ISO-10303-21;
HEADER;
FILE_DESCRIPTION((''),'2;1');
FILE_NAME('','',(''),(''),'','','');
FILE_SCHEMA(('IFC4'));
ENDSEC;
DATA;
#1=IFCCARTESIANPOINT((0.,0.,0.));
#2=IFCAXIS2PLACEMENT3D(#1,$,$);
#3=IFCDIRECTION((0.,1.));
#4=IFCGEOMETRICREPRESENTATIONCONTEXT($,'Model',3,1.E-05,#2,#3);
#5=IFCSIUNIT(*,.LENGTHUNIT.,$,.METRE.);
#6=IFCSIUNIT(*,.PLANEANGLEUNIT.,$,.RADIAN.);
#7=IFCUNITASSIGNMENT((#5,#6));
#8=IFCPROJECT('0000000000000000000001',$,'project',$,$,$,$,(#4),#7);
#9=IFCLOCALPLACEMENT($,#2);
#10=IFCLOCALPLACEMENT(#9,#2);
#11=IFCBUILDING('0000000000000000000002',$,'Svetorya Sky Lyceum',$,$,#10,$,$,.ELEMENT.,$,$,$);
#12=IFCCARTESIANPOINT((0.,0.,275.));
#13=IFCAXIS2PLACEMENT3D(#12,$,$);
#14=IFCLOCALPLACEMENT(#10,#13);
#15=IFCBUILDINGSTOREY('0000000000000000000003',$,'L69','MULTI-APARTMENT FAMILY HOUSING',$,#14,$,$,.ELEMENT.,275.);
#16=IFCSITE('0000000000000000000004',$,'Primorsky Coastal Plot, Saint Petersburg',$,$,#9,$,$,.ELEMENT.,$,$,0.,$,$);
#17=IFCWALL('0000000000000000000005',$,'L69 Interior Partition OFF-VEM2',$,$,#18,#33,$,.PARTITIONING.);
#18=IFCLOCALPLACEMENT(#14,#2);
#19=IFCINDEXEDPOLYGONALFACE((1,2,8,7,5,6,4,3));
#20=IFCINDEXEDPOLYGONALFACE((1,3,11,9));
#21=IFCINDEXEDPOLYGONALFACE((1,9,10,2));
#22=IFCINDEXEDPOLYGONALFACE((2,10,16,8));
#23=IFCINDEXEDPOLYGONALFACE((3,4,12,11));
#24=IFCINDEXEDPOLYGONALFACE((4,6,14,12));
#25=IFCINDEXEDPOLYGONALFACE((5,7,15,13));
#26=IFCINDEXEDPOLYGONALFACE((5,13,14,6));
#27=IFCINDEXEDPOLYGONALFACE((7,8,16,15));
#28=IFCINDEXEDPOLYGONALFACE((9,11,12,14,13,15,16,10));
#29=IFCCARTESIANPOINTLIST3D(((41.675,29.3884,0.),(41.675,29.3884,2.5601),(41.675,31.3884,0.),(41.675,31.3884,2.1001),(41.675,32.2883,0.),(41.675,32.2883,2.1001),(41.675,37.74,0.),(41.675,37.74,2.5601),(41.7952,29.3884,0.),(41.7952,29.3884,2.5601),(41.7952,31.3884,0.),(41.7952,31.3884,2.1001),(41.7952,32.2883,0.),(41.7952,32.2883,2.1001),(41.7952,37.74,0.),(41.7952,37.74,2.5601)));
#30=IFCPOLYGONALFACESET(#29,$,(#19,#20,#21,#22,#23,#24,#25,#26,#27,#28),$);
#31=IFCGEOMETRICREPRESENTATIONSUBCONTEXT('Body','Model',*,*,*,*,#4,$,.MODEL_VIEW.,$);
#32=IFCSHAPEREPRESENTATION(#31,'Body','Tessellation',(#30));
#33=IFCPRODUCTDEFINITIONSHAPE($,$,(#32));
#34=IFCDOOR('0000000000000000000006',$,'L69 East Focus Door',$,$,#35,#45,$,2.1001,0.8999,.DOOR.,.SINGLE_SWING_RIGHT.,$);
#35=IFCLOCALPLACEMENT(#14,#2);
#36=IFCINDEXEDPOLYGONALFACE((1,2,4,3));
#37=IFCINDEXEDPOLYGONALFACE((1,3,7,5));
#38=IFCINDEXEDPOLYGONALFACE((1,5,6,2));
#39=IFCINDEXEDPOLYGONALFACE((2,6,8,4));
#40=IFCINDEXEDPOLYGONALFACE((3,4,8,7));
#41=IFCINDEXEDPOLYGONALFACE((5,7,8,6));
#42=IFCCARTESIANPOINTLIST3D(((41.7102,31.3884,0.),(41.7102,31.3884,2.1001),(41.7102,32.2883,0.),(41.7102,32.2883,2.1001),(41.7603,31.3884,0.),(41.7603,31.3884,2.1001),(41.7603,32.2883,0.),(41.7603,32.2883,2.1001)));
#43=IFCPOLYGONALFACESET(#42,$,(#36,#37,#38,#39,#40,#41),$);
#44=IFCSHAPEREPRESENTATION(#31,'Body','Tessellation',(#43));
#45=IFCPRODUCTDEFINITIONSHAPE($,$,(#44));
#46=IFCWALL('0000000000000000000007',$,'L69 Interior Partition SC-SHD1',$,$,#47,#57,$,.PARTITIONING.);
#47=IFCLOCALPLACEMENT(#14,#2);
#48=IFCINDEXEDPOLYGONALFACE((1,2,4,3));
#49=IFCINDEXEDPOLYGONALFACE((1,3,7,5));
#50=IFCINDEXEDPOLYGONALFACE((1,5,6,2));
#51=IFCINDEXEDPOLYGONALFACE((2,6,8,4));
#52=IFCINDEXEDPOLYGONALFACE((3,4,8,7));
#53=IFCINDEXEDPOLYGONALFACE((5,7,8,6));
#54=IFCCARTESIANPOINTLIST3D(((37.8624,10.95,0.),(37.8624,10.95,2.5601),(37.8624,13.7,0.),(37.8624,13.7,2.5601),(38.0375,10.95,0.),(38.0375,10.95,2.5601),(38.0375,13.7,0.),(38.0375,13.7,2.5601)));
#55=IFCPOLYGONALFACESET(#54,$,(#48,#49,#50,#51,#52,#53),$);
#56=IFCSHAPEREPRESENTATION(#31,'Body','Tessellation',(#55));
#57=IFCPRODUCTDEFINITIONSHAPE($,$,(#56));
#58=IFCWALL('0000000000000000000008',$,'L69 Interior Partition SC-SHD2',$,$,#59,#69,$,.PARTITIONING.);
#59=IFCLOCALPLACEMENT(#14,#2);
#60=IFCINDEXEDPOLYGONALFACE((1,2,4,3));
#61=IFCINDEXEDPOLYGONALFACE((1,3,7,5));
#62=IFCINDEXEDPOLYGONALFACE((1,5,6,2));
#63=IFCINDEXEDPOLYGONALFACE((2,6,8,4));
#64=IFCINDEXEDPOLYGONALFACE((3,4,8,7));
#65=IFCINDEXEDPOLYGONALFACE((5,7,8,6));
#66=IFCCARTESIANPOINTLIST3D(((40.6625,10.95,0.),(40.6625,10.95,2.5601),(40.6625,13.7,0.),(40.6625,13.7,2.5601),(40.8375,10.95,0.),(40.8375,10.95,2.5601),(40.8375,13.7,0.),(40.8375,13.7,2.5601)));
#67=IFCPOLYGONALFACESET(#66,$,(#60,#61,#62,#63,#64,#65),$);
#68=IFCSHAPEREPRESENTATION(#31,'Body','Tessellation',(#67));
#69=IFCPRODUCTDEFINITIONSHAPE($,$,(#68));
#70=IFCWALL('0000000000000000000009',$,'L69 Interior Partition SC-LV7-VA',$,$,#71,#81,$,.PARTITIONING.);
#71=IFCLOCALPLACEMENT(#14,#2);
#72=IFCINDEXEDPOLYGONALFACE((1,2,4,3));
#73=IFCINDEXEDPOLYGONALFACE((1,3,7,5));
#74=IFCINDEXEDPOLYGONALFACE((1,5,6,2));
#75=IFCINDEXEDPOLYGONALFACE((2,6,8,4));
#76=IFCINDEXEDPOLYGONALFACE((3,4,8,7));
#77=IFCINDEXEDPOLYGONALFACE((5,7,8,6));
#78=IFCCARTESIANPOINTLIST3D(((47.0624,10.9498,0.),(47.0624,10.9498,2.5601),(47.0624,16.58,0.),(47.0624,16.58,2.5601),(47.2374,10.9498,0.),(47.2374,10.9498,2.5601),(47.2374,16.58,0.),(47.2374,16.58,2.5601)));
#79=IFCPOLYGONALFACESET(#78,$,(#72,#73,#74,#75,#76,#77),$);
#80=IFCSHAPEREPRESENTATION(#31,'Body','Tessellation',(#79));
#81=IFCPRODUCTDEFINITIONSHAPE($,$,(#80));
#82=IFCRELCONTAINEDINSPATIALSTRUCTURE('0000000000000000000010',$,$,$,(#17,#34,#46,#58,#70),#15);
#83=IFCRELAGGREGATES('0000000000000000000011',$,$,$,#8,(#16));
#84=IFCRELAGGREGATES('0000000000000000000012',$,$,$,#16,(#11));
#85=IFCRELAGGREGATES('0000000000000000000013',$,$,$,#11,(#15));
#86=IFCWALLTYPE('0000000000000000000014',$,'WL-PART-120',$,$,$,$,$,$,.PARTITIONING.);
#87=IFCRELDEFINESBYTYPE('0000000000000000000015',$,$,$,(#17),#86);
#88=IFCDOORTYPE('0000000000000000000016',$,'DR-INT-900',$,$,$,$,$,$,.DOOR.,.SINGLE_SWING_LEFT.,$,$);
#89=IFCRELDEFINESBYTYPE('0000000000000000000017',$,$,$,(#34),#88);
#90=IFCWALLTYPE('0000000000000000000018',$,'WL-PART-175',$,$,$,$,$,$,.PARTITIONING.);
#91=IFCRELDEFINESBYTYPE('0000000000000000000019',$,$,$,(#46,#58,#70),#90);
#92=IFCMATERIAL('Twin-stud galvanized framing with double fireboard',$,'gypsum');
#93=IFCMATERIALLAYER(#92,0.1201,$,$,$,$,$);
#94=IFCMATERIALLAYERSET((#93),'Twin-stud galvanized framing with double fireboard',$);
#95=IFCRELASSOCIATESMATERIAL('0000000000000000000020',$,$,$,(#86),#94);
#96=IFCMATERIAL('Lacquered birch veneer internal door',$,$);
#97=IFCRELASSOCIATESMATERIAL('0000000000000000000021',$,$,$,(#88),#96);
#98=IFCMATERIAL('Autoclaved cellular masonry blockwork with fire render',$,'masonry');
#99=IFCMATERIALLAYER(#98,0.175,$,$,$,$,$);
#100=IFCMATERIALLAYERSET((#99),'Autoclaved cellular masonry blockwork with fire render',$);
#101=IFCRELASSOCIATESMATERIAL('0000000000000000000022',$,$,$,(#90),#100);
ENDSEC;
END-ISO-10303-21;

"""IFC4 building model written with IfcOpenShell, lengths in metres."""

from ifc_helpers import new_model, si_unit, direction, frame, frame_2d, origin, place, context, subcontext, project, spatial, rectangle, extrude, material, layer, layer_set, type_object, element, fill, save


model = new_model("IFC4")

# Units and contexts
model_context = context("Model", 3, precision=1e-05, world=origin(), true_north=direction((0.0, 1.0)))
body_context = subcontext(model_context, "Body", "Model", "MODEL_VIEW")
ifc_project = project(units=[si_unit("LENGTHUNIT", "METRE"), si_unit("PLANEANGLEUNIT", "RADIAN")], contexts=[model_context])

# Site, building, storey
site_placement = place(None, origin())
site = spatial("IfcSite", under=ifc_project, at=site_placement, Name="Primorsky Coastal Plot, Saint Petersburg", CompositionType="ELEMENT", RefElevation=0.0)
building_placement = place(site_placement, origin())
building = spatial("IfcBuilding", under=site, at=building_placement, Name="Svetorya Sky Lyceum", CompositionType="ELEMENT")
storey_placement = place(building_placement, frame((0.0, 0.0, 275.0)))
storey = spatial("IfcBuildingStorey", under=building, at=storey_placement, Name="L69", Description="MULTI-APARTMENT FAMILY HOUSING", CompositionType="ELEMENT", Elevation=275.0)

# Wall, opening, door
ifc_material_1 = material(Name="Twin-stud galvanized framing with double fireboard", Category="gypsum")
ifc_layer_1 = layer(ifc_material_1, 0.1201)
ifc_layer_set_1 = layer_set([ifc_layer_1], Name="Twin-stud galvanized framing with double fireboard")
wall_type_1 = type_object("IfcWallType", Name="WL-PART-120", PredefinedType="PARTITIONING", material=ifc_layer_set_1)
ifc_material_2 = material(Name="Lacquered birch veneer internal door")
door_type_1 = type_object("IfcDoorType", Name="DR-INT-900", OperationType="SINGLE_SWING_LEFT", PredefinedType="DOOR", material=ifc_material_2)
wall_1_placement = place(storey_placement, frame((41.7351, 29.3884, 0.0), z_axis=(0.0, 0.0, 1.0), x_axis=(0.0, 1.0, 0.0)))
wall_1 = element("IfcWall", 1, at=wall_1_placement, inside=storey, type_object=wall_type_1, Name="L69 Interior Partition OFF-VEM2", PredefinedType="PARTITIONING", context=body_context, shape_type="SweptSolid", body=[
    extrude(rectangle(XDim=8.3516, YDim=0.1201, at=frame_2d((4.1758, 0.0))), origin(), (0.0, 0.0, 1.0), 2.5601),
])
opening_1_placement = place(wall_1_placement, frame((2.0, 0.0, 0.0)))
opening_1 = element("IfcOpeningElement", 2, at=opening_1_placement, cuts=wall_1, PredefinedType="OPENING", context=body_context, shape_type="SweptSolid", body=[
    extrude(rectangle(XDim=0.8999, YDim=2.1001, at=frame_2d((0.45, 1.05))), frame((0.0, 0.0701, 0.0), z_axis=(0.0, -1.0, 0.0), x_axis=(1.0, 0.0, 0.0)), (0.0, 0.0, 1.0), 0.1401),
])
door_1_placement = place(opening_1_placement, origin())
door_1 = element("IfcDoor", 3, at=door_1_placement, inside=storey, type_object=door_type_1, Name="L69 East Focus Door", OperationType="SINGLE_SWING_RIGHT", OverallHeight=2.1001, OverallWidth=0.8999, PredefinedType="DOOR", context=body_context, shape_type="SweptSolid", body=[
    extrude(rectangle(XDim=0.8999, YDim=2.1001, at=frame_2d((0.45, 1.05))), frame((0.0, 0.0249, 0.0), z_axis=(0.0, -1.0, 0.0), x_axis=(1.0, 0.0, 0.0)), (0.0, 0.0, 1.0), 0.05),
])
fill(opening_1, door_1)

# Walls
ifc_material_3 = material(Name="Autoclaved cellular masonry blockwork with fire render", Category="masonry")
ifc_layer_2 = layer(ifc_material_3, 0.175)
ifc_layer_set_2 = layer_set([ifc_layer_2], Name="Autoclaved cellular masonry blockwork with fire render")
wall_type_2 = type_object("IfcWallType", Name="WL-PART-175", PredefinedType="PARTITIONING", material=ifc_layer_set_2)
for number, where, z_axis, x_axis, name in (
    (4, (37.95, 10.95, 0.0), (0.0, 0.0, 1.0), (0.0, 1.0, 0.0), "L69 Interior Partition SC-SHD1"),
    (5, (40.75, 10.95, 0.0), (0.0, 0.0, 1.0), (0.0, 1.0, 0.0), "L69 Interior Partition SC-SHD2"),
):
    element("IfcWall", number, at=place(storey_placement, frame(where, z_axis=z_axis, x_axis=x_axis)), inside=storey, type_object=wall_type_2, Name=name, PredefinedType="PARTITIONING", context=body_context, shape_type="SweptSolid", body=[
        extrude(rectangle(XDim=2.75, YDim=0.175, at=frame_2d((1.375, 0.0))), origin(), (0.0, 0.0, 1.0), 2.5601),
    ])
wall_2_placement = place(storey_placement, frame((47.1499, 10.95, 0.0), z_axis=(0.0, 0.0, 1.0), x_axis=(0.0, 1.0, 0.0)))
element("IfcWall", 6, at=wall_2_placement, inside=storey, type_object=wall_type_2, Name="L69 Interior Partition SC-LV7-VA", PredefinedType="PARTITIONING", context=body_context, shape_type="SweptSolid", body=[
    extrude(rectangle(XDim=5.6301, YDim=0.175, at=frame_2d((2.8149, 0.0))), origin(), (0.0, 0.0, 1.0), 2.5601),
])

save(model, "model.ifc")
